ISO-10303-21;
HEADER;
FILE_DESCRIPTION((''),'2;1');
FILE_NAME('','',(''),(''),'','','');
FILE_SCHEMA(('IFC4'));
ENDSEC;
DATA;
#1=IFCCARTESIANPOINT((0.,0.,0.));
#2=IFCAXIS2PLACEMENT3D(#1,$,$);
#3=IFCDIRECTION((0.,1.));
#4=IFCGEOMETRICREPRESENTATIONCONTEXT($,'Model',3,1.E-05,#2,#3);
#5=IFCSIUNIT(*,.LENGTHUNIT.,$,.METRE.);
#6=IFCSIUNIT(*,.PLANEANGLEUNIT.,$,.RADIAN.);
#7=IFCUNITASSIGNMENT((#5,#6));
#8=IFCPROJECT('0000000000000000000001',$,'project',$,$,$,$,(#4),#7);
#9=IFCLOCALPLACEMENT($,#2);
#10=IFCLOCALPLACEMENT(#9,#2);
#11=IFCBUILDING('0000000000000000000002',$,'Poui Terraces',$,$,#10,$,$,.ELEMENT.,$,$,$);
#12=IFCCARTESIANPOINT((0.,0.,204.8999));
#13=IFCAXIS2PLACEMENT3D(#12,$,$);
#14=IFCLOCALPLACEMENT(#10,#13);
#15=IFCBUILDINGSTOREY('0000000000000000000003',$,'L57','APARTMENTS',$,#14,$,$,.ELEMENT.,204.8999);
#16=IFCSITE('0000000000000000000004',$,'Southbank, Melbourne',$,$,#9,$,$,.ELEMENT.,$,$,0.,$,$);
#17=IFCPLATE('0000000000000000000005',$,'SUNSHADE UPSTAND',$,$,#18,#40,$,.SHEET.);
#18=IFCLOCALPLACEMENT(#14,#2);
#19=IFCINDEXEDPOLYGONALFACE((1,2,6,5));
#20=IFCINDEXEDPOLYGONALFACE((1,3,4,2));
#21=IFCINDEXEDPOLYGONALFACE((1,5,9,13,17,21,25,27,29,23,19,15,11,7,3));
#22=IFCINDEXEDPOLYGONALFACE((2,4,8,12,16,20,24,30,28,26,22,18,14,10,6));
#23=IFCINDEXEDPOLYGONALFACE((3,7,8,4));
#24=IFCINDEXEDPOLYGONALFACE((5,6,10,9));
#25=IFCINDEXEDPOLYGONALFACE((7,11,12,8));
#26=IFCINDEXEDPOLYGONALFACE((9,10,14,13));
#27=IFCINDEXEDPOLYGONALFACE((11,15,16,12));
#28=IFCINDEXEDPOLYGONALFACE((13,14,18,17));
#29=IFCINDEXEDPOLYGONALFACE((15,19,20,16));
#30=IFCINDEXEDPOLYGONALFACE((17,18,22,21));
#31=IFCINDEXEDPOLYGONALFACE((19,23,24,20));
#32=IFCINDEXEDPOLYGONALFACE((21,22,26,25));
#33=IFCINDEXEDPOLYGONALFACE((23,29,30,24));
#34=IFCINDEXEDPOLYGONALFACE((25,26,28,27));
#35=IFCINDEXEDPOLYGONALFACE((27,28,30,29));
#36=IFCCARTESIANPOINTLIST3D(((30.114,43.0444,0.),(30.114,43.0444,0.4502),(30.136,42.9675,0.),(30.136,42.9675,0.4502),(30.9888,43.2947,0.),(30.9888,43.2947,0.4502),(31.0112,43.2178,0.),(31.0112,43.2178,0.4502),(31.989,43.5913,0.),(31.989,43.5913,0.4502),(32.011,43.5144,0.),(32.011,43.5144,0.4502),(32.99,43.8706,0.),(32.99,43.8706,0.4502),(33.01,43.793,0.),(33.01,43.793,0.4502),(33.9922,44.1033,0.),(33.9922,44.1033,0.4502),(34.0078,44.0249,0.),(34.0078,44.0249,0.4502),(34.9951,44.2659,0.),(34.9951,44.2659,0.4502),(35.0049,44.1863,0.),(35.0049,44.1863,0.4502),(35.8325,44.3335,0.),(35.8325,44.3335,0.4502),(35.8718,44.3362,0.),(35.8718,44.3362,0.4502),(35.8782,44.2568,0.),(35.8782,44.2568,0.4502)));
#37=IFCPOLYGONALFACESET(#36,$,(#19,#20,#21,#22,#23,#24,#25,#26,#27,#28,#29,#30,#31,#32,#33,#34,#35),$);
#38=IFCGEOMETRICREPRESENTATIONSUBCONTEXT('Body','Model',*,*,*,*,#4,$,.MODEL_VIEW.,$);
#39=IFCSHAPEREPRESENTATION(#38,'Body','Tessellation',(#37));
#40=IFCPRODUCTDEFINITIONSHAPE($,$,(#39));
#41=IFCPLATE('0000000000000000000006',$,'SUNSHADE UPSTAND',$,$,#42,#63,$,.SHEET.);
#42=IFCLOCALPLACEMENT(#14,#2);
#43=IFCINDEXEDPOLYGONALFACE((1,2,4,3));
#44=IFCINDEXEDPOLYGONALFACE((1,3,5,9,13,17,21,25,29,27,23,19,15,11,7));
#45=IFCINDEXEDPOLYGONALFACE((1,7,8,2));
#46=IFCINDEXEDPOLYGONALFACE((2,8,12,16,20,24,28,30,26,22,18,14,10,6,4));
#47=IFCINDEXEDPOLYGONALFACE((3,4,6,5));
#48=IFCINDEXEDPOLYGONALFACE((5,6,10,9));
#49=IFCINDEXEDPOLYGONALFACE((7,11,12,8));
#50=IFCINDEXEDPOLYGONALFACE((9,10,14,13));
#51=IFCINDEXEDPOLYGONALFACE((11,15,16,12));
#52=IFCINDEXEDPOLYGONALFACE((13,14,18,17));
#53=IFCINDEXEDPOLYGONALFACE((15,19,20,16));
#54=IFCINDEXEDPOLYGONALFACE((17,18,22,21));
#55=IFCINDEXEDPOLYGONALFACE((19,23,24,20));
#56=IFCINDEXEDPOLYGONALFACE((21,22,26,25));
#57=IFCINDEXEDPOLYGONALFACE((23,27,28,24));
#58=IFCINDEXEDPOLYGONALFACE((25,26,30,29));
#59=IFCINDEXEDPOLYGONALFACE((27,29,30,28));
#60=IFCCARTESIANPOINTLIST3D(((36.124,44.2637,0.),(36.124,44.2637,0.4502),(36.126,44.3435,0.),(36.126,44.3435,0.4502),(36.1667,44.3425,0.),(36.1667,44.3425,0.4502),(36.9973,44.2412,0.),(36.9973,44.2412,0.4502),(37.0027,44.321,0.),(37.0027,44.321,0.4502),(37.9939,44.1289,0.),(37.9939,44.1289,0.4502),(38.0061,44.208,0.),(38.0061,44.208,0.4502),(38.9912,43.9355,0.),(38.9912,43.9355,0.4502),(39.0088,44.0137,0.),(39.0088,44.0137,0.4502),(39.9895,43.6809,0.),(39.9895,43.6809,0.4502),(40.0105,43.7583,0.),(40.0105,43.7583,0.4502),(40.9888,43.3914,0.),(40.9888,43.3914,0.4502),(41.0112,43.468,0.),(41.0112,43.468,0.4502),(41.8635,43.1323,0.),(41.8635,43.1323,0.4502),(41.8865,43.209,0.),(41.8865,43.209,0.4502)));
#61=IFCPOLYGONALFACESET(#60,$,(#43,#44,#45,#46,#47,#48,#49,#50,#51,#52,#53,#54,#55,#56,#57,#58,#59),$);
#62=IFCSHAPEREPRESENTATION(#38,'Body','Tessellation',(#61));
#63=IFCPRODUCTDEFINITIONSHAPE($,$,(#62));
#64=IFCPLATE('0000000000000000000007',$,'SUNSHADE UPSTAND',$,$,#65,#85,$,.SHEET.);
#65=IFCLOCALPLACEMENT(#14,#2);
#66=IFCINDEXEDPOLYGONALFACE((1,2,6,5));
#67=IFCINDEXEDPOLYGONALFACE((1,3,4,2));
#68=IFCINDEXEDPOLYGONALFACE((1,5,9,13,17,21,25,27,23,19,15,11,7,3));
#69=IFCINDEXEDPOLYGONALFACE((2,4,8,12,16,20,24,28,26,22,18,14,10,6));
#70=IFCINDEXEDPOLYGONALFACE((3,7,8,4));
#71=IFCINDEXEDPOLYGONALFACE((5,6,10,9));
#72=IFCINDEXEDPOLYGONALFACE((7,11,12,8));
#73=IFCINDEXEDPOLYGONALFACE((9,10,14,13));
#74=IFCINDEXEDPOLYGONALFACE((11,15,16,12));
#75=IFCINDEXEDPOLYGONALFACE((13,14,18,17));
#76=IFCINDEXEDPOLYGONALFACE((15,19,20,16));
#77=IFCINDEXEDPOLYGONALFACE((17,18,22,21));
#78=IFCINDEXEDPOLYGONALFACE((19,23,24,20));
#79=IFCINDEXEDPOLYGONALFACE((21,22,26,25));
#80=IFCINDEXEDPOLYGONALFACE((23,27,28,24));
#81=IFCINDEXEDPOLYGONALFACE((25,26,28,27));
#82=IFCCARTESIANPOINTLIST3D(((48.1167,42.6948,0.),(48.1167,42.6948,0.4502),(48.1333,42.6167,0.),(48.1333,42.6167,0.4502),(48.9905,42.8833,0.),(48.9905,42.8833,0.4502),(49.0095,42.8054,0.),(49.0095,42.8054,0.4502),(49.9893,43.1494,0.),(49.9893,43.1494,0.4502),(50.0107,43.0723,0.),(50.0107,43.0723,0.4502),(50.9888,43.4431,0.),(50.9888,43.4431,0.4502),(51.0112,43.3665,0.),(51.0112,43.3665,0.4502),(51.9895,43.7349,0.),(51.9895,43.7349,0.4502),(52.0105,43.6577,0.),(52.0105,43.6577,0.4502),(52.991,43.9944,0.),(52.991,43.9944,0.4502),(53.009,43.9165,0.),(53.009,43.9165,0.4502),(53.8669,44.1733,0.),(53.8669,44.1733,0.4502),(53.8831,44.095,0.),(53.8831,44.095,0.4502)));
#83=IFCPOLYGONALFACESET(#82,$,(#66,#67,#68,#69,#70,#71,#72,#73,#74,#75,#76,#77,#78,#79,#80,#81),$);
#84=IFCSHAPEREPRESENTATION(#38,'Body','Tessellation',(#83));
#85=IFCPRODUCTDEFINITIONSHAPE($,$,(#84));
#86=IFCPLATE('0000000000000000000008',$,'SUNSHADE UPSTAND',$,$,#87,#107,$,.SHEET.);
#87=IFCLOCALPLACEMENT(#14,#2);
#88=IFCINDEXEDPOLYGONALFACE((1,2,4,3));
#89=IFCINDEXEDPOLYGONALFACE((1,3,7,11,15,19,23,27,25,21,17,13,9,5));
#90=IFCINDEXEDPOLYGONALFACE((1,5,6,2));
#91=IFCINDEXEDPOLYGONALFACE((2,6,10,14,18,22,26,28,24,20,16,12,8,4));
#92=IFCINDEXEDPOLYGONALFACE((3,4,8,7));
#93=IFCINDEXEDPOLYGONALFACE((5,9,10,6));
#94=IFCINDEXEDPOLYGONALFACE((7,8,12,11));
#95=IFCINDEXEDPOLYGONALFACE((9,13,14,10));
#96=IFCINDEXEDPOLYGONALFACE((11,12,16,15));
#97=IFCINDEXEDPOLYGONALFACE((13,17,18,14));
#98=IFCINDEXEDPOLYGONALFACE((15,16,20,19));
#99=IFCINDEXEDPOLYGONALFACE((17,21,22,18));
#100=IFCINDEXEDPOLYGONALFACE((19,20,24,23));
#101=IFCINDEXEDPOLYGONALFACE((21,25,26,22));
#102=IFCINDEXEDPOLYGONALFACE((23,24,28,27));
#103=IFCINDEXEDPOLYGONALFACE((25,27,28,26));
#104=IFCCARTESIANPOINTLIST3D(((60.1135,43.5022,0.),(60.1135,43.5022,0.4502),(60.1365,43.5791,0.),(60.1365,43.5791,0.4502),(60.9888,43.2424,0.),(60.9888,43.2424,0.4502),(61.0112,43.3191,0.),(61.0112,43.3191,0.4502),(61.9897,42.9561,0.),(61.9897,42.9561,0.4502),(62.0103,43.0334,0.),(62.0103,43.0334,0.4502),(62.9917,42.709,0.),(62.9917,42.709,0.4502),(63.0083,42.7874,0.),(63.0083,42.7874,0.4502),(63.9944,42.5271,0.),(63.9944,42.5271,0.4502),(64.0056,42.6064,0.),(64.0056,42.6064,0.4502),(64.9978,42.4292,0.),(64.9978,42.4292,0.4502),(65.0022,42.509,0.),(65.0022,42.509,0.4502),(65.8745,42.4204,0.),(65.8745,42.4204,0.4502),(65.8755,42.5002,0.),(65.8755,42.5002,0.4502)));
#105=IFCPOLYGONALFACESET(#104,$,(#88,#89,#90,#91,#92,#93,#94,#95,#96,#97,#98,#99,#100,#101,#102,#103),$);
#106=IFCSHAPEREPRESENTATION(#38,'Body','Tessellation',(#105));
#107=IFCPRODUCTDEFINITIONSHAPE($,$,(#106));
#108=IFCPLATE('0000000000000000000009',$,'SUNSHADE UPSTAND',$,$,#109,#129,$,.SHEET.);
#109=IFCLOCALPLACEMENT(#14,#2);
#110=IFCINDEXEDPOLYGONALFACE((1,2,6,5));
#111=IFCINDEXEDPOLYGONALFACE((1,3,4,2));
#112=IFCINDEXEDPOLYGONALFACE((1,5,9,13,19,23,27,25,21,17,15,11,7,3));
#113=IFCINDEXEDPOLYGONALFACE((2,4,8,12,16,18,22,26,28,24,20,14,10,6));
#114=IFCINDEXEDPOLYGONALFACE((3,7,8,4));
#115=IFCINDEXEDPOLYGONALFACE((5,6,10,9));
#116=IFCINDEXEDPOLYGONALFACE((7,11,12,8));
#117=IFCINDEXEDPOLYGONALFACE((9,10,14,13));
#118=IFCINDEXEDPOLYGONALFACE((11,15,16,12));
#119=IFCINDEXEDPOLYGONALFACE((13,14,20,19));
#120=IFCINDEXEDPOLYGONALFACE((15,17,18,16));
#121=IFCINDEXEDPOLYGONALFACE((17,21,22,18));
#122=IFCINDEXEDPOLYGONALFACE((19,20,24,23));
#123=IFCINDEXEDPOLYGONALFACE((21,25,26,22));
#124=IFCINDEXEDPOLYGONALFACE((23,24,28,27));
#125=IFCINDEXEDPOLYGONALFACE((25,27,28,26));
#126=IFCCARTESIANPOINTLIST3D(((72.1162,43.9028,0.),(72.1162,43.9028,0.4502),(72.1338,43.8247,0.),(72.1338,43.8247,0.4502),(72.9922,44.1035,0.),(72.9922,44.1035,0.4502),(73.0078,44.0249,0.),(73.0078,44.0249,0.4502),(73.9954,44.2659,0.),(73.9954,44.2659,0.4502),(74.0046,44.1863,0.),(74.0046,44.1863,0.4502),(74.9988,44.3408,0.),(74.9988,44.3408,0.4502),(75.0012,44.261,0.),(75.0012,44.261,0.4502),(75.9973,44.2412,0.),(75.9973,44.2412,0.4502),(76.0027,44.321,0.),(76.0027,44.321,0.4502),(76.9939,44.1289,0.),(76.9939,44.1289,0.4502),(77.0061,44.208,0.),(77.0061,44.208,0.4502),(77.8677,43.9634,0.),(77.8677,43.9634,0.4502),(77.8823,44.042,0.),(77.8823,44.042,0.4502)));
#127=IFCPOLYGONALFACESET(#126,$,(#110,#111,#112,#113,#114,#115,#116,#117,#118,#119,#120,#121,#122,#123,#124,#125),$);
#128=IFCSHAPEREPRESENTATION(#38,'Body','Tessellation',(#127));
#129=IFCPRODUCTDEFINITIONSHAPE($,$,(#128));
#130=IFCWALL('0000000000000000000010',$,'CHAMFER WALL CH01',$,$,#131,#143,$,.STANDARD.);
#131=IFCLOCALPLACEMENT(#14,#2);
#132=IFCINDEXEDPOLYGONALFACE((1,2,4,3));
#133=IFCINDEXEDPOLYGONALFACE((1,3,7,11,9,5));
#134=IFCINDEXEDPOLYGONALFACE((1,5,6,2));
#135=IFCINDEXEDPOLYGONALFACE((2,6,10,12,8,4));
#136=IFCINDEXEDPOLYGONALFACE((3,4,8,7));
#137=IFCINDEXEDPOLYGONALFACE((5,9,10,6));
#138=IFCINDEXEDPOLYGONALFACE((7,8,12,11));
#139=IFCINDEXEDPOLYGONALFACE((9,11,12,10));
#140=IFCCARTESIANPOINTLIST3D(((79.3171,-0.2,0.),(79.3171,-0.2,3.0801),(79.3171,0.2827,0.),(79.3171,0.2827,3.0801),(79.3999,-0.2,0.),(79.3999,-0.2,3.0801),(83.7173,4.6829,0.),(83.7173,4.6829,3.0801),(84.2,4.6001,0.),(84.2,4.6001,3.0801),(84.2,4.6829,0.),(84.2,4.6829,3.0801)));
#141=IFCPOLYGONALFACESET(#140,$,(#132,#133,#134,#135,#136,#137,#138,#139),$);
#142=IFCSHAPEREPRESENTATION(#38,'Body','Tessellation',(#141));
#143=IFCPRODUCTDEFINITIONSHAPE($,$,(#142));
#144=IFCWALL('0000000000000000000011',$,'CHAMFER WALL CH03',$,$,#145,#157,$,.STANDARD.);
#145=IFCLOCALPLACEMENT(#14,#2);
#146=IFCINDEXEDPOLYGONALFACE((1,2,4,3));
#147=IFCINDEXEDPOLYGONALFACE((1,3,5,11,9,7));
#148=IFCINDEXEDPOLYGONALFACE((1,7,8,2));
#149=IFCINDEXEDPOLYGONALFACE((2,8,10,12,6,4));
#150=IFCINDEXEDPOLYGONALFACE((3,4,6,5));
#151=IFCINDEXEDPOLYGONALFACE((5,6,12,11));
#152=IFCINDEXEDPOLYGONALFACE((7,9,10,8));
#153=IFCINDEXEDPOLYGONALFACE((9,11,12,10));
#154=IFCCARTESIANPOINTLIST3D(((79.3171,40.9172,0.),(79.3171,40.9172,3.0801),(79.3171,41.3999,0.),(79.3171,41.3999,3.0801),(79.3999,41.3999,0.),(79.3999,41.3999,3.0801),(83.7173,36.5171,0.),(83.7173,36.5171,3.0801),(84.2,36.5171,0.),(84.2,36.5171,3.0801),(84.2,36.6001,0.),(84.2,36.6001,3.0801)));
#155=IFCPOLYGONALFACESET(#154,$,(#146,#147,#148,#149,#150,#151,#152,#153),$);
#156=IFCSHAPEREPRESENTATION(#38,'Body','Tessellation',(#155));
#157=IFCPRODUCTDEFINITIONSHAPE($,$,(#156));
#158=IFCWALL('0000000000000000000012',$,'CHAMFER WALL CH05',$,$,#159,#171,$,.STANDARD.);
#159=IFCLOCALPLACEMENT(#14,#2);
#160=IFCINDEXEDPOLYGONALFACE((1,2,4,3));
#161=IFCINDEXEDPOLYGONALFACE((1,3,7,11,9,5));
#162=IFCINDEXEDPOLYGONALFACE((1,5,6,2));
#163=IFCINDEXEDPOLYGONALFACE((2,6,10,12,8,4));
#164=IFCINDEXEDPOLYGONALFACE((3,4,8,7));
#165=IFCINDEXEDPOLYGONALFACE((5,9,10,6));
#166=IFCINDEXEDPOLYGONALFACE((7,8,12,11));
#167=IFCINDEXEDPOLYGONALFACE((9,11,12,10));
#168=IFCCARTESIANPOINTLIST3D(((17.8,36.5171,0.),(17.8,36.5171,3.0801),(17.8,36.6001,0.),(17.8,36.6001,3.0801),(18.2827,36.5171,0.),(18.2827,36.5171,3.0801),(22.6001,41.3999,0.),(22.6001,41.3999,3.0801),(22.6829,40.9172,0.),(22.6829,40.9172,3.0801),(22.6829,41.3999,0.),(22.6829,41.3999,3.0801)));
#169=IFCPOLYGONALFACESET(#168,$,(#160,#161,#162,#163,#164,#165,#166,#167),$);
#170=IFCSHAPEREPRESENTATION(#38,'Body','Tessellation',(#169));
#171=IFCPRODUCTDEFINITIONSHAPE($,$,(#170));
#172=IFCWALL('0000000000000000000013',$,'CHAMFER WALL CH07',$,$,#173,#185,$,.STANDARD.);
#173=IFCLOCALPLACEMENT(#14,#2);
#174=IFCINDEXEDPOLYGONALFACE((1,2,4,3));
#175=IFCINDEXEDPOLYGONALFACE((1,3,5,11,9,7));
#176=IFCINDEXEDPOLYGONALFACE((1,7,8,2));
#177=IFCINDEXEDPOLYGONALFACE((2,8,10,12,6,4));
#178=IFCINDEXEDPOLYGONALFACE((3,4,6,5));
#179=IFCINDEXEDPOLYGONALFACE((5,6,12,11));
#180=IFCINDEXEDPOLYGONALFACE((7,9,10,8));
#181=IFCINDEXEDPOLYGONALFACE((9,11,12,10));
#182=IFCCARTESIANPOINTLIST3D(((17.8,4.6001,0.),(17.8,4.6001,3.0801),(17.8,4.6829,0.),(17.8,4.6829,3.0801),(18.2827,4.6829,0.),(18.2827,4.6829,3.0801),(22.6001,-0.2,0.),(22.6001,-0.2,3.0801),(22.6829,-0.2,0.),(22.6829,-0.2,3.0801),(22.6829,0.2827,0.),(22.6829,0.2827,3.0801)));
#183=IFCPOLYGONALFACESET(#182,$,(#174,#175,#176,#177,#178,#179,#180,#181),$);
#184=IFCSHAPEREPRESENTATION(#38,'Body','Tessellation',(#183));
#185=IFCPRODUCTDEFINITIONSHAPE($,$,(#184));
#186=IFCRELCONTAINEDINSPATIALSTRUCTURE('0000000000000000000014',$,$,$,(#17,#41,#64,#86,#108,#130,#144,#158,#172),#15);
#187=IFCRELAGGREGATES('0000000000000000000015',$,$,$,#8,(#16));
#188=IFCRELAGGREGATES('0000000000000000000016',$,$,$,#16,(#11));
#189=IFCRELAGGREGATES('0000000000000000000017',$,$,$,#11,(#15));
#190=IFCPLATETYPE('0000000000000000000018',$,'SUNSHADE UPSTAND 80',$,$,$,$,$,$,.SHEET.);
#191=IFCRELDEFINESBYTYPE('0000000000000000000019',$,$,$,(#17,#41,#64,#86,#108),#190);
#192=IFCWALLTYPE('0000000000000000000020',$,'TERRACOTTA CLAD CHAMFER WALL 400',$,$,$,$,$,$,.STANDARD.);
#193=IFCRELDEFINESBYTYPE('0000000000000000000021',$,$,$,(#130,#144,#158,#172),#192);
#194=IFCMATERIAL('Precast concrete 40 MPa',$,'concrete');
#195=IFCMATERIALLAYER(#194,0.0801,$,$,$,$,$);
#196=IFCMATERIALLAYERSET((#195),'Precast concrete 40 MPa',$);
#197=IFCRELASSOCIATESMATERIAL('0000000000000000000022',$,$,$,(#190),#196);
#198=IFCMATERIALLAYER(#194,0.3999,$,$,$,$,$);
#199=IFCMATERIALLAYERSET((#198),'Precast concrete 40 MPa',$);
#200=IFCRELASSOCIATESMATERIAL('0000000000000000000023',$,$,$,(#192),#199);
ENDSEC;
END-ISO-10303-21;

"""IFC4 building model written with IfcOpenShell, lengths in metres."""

from ifc_helpers import new_model, si_unit, direction, frame, origin, place, context, subcontext, project, spatial, polyline, outline, extrude, material, layer, layer_set, type_object, element, save


model = new_model("IFC4")

# Units and contexts
model_context = context("Model", 3, precision=1e-05, world=origin(), true_north=direction((0.0, 1.0)))
body_context = subcontext(model_context, "Body", "Model", "MODEL_VIEW")
ifc_project = project(units=[si_unit("LENGTHUNIT", "METRE"), si_unit("PLANEANGLEUNIT", "RADIAN")], contexts=[model_context])

# Site, building, storey
site_placement = place(None, origin())
site = spatial("IfcSite", under=ifc_project, at=site_placement, Name="Southbank, Melbourne", CompositionType="ELEMENT", RefElevation=0.0)
building_placement = place(site_placement, origin())
building = spatial("IfcBuilding", under=site, at=building_placement, Name="Poui Terraces", CompositionType="ELEMENT")
storey_placement = place(building_placement, frame((0.0, 0.0, 204.8999)))
storey = spatial("IfcBuildingStorey", under=building, at=storey_placement, Name="L57", Description="APARTMENTS", CompositionType="ELEMENT", Elevation=204.8999)

# Shared definitions
ifc_material_1 = material(Name="Precast concrete 40 MPa", Category="concrete")

# Plates
ifc_layer_1 = layer(ifc_material_1, 0.0801)
ifc_layer_set_1 = layer_set([ifc_layer_1], Name="Precast concrete 40 MPa")
plate_type = type_object("IfcPlateType", Name="SUNSHADE UPSTAND 80", PredefinedType="SHEET", material=ifc_layer_set_1)
plate_1_placement = place(storey_placement, origin())
element("IfcPlate", 1, at=plate_1_placement, inside=storey, type_object=plate_type, Name="SUNSHADE UPSTAND", PredefinedType="SHEET", context=body_context, shape_type="SweptSolid", body=[
    extrude(outline(polyline([(30.9888, 43.2947), (30.114, 43.0444), (30.136, 42.9675), (31.0112, 43.2178), (32.011, 43.5144), (33.01, 43.793), (34.0078, 44.0249), (35.0049, 44.1863), (35.8782, 44.2568), (35.8718, 44.3362), (35.8325, 44.3335), (34.9951, 44.2659), (33.9922, 44.1033), (32.99, 43.8706), (31.989, 43.5913), (30.9888, 43.2947)])), origin(), (0.0, 0.0, 1.0), 0.4502),
])
plate_2_placement = place(storey_placement, origin())
element("IfcPlate", 2, at=plate_2_placement, inside=storey, type_object=plate_type, Name="SUNSHADE UPSTAND", PredefinedType="SHEET", context=body_context, shape_type="SweptSolid", body=[
    extrude(outline(polyline([(37.0027, 44.321), (36.1667, 44.3425), (36.126, 44.3435), (36.124, 44.2637), (36.9973, 44.2412), (37.9939, 44.1289), (38.9912, 43.9355), (39.9895, 43.6809), (40.9888, 43.3914), (41.8635, 43.1323), (41.8865, 43.209), (41.0112, 43.468), (40.0105, 43.7583), (39.0088, 44.0137), (38.0061, 44.208), (37.0027, 44.321)])), origin(), (0.0, 0.0, 1.0), 0.4502),
])
plate_3_placement = place(storey_placement, origin())
element("IfcPlate", 3, at=plate_3_placement, inside=storey, type_object=plate_type, Name="SUNSHADE UPSTAND", PredefinedType="SHEET", context=body_context, shape_type="SweptSolid", body=[
    extrude(outline(polyline([(48.9905, 42.8833), (48.1167, 42.6948), (48.1333, 42.6167), (49.0095, 42.8054), (50.0107, 43.0723), (51.0112, 43.3665), (52.0105, 43.6577), (53.009, 43.9165), (53.8831, 44.095), (53.8669, 44.1733), (52.991, 43.9944), (51.9895, 43.7349), (50.9888, 43.4431), (49.9893, 43.1494), (48.9905, 42.8833)])), origin(), (0.0, 0.0, 1.0), 0.4502),
])
plate_4_placement = place(storey_placement, origin())
element("IfcPlate", 4, at=plate_4_placement, inside=storey, type_object=plate_type, Name="SUNSHADE UPSTAND", PredefinedType="SHEET", context=body_context, shape_type="SweptSolid", body=[
    extrude(outline(polyline([(61.0112, 43.3191), (60.1365, 43.5791), (60.1135, 43.5022), (60.9888, 43.2424), (61.9897, 42.9561), (62.9917, 42.709), (63.9944, 42.5271), (64.9978, 42.4292), (65.8745, 42.4204), (65.8755, 42.5002), (65.0022, 42.509), (64.0056, 42.6064), (63.0083, 42.7874), (62.0103, 43.0334), (61.0112, 43.3191)])), origin(), (0.0, 0.0, 1.0), 0.4502),
])
plate_5_placement = place(storey_placement, origin())
element("IfcPlate", 5, at=plate_5_placement, inside=storey, type_object=plate_type, Name="SUNSHADE UPSTAND", PredefinedType="SHEET", context=body_context, shape_type="SweptSolid", body=[
    extrude(outline(polyline([(72.9922, 44.1035), (72.1162, 43.9028), (72.1338, 43.8247), (73.0078, 44.0249), (74.0046, 44.1863), (75.0012, 44.261), (75.9973, 44.2412), (76.9939, 44.1289), (77.8677, 43.9634), (77.8823, 44.042), (77.0061, 44.208), (76.0027, 44.321), (74.9988, 44.3408), (73.9954, 44.2659), (72.9922, 44.1035)])), origin(), (0.0, 0.0, 1.0), 0.4502),
])

# Walls
ifc_layer_2 = layer(ifc_material_1, 0.3999)
ifc_layer_set_2 = layer_set([ifc_layer_2], Name="Precast concrete 40 MPa")
wall_type = type_object("IfcWallType", Name="TERRACOTTA CLAD CHAMFER WALL 400", PredefinedType="STANDARD", material=ifc_layer_set_2)
wall_1_placement = place(storey_placement, origin())
element("IfcWall", 6, at=wall_1_placement, inside=storey, type_object=wall_type, Name="CHAMFER WALL CH01", PredefinedType="STANDARD", context=body_context, shape_type="SweptSolid", body=[
    extrude(outline(polyline([(79.3171, -0.2), (79.3999, -0.2), (84.2, 4.6001), (84.2, 4.6829), (83.7173, 4.6829), (79.3171, 0.2827), (79.3171, -0.2)])), origin(), (0.0, 0.0, 1.0), 3.0801),
])
wall_2_placement = place(storey_placement, origin())
element("IfcWall", 7, at=wall_2_placement, inside=storey, type_object=wall_type, Name="CHAMFER WALL CH03", PredefinedType="STANDARD", context=body_context, shape_type="SweptSolid", body=[
    extrude(outline(polyline([(84.2, 36.5171), (84.2, 36.6001), (79.3999, 41.3999), (79.3171, 41.3999), (79.3171, 40.9172), (83.7173, 36.5171), (84.2, 36.5171)])), origin(), (0.0, 0.0, 1.0), 3.0801),
])
wall_3_placement = place(storey_placement, origin())
element("IfcWall", 8, at=wall_3_placement, inside=storey, type_object=wall_type, Name="CHAMFER WALL CH05", PredefinedType="STANDARD", context=body_context, shape_type="SweptSolid", body=[
    extrude(outline(polyline([(22.6829, 41.3999), (22.6001, 41.3999), (17.8, 36.6001), (17.8, 36.5171), (18.2827, 36.5171), (22.6829, 40.9172), (22.6829, 41.3999)])), origin(), (0.0, 0.0, 1.0), 3.0801),
])
wall_4_placement = place(storey_placement, origin())
element("IfcWall", 9, at=wall_4_placement, inside=storey, type_object=wall_type, Name="CHAMFER WALL CH07", PredefinedType="STANDARD", context=body_context, shape_type="SweptSolid", body=[
    extrude(outline(polyline([(17.8, 4.6829), (17.8, 4.6001), (22.6001, -0.2), (22.6829, -0.2), (22.6829, 0.2827), (18.2827, 4.6829), (17.8, 4.6829)])), origin(), (0.0, 0.0, 1.0), 3.0801),
])

save(model, "model.ifc")
